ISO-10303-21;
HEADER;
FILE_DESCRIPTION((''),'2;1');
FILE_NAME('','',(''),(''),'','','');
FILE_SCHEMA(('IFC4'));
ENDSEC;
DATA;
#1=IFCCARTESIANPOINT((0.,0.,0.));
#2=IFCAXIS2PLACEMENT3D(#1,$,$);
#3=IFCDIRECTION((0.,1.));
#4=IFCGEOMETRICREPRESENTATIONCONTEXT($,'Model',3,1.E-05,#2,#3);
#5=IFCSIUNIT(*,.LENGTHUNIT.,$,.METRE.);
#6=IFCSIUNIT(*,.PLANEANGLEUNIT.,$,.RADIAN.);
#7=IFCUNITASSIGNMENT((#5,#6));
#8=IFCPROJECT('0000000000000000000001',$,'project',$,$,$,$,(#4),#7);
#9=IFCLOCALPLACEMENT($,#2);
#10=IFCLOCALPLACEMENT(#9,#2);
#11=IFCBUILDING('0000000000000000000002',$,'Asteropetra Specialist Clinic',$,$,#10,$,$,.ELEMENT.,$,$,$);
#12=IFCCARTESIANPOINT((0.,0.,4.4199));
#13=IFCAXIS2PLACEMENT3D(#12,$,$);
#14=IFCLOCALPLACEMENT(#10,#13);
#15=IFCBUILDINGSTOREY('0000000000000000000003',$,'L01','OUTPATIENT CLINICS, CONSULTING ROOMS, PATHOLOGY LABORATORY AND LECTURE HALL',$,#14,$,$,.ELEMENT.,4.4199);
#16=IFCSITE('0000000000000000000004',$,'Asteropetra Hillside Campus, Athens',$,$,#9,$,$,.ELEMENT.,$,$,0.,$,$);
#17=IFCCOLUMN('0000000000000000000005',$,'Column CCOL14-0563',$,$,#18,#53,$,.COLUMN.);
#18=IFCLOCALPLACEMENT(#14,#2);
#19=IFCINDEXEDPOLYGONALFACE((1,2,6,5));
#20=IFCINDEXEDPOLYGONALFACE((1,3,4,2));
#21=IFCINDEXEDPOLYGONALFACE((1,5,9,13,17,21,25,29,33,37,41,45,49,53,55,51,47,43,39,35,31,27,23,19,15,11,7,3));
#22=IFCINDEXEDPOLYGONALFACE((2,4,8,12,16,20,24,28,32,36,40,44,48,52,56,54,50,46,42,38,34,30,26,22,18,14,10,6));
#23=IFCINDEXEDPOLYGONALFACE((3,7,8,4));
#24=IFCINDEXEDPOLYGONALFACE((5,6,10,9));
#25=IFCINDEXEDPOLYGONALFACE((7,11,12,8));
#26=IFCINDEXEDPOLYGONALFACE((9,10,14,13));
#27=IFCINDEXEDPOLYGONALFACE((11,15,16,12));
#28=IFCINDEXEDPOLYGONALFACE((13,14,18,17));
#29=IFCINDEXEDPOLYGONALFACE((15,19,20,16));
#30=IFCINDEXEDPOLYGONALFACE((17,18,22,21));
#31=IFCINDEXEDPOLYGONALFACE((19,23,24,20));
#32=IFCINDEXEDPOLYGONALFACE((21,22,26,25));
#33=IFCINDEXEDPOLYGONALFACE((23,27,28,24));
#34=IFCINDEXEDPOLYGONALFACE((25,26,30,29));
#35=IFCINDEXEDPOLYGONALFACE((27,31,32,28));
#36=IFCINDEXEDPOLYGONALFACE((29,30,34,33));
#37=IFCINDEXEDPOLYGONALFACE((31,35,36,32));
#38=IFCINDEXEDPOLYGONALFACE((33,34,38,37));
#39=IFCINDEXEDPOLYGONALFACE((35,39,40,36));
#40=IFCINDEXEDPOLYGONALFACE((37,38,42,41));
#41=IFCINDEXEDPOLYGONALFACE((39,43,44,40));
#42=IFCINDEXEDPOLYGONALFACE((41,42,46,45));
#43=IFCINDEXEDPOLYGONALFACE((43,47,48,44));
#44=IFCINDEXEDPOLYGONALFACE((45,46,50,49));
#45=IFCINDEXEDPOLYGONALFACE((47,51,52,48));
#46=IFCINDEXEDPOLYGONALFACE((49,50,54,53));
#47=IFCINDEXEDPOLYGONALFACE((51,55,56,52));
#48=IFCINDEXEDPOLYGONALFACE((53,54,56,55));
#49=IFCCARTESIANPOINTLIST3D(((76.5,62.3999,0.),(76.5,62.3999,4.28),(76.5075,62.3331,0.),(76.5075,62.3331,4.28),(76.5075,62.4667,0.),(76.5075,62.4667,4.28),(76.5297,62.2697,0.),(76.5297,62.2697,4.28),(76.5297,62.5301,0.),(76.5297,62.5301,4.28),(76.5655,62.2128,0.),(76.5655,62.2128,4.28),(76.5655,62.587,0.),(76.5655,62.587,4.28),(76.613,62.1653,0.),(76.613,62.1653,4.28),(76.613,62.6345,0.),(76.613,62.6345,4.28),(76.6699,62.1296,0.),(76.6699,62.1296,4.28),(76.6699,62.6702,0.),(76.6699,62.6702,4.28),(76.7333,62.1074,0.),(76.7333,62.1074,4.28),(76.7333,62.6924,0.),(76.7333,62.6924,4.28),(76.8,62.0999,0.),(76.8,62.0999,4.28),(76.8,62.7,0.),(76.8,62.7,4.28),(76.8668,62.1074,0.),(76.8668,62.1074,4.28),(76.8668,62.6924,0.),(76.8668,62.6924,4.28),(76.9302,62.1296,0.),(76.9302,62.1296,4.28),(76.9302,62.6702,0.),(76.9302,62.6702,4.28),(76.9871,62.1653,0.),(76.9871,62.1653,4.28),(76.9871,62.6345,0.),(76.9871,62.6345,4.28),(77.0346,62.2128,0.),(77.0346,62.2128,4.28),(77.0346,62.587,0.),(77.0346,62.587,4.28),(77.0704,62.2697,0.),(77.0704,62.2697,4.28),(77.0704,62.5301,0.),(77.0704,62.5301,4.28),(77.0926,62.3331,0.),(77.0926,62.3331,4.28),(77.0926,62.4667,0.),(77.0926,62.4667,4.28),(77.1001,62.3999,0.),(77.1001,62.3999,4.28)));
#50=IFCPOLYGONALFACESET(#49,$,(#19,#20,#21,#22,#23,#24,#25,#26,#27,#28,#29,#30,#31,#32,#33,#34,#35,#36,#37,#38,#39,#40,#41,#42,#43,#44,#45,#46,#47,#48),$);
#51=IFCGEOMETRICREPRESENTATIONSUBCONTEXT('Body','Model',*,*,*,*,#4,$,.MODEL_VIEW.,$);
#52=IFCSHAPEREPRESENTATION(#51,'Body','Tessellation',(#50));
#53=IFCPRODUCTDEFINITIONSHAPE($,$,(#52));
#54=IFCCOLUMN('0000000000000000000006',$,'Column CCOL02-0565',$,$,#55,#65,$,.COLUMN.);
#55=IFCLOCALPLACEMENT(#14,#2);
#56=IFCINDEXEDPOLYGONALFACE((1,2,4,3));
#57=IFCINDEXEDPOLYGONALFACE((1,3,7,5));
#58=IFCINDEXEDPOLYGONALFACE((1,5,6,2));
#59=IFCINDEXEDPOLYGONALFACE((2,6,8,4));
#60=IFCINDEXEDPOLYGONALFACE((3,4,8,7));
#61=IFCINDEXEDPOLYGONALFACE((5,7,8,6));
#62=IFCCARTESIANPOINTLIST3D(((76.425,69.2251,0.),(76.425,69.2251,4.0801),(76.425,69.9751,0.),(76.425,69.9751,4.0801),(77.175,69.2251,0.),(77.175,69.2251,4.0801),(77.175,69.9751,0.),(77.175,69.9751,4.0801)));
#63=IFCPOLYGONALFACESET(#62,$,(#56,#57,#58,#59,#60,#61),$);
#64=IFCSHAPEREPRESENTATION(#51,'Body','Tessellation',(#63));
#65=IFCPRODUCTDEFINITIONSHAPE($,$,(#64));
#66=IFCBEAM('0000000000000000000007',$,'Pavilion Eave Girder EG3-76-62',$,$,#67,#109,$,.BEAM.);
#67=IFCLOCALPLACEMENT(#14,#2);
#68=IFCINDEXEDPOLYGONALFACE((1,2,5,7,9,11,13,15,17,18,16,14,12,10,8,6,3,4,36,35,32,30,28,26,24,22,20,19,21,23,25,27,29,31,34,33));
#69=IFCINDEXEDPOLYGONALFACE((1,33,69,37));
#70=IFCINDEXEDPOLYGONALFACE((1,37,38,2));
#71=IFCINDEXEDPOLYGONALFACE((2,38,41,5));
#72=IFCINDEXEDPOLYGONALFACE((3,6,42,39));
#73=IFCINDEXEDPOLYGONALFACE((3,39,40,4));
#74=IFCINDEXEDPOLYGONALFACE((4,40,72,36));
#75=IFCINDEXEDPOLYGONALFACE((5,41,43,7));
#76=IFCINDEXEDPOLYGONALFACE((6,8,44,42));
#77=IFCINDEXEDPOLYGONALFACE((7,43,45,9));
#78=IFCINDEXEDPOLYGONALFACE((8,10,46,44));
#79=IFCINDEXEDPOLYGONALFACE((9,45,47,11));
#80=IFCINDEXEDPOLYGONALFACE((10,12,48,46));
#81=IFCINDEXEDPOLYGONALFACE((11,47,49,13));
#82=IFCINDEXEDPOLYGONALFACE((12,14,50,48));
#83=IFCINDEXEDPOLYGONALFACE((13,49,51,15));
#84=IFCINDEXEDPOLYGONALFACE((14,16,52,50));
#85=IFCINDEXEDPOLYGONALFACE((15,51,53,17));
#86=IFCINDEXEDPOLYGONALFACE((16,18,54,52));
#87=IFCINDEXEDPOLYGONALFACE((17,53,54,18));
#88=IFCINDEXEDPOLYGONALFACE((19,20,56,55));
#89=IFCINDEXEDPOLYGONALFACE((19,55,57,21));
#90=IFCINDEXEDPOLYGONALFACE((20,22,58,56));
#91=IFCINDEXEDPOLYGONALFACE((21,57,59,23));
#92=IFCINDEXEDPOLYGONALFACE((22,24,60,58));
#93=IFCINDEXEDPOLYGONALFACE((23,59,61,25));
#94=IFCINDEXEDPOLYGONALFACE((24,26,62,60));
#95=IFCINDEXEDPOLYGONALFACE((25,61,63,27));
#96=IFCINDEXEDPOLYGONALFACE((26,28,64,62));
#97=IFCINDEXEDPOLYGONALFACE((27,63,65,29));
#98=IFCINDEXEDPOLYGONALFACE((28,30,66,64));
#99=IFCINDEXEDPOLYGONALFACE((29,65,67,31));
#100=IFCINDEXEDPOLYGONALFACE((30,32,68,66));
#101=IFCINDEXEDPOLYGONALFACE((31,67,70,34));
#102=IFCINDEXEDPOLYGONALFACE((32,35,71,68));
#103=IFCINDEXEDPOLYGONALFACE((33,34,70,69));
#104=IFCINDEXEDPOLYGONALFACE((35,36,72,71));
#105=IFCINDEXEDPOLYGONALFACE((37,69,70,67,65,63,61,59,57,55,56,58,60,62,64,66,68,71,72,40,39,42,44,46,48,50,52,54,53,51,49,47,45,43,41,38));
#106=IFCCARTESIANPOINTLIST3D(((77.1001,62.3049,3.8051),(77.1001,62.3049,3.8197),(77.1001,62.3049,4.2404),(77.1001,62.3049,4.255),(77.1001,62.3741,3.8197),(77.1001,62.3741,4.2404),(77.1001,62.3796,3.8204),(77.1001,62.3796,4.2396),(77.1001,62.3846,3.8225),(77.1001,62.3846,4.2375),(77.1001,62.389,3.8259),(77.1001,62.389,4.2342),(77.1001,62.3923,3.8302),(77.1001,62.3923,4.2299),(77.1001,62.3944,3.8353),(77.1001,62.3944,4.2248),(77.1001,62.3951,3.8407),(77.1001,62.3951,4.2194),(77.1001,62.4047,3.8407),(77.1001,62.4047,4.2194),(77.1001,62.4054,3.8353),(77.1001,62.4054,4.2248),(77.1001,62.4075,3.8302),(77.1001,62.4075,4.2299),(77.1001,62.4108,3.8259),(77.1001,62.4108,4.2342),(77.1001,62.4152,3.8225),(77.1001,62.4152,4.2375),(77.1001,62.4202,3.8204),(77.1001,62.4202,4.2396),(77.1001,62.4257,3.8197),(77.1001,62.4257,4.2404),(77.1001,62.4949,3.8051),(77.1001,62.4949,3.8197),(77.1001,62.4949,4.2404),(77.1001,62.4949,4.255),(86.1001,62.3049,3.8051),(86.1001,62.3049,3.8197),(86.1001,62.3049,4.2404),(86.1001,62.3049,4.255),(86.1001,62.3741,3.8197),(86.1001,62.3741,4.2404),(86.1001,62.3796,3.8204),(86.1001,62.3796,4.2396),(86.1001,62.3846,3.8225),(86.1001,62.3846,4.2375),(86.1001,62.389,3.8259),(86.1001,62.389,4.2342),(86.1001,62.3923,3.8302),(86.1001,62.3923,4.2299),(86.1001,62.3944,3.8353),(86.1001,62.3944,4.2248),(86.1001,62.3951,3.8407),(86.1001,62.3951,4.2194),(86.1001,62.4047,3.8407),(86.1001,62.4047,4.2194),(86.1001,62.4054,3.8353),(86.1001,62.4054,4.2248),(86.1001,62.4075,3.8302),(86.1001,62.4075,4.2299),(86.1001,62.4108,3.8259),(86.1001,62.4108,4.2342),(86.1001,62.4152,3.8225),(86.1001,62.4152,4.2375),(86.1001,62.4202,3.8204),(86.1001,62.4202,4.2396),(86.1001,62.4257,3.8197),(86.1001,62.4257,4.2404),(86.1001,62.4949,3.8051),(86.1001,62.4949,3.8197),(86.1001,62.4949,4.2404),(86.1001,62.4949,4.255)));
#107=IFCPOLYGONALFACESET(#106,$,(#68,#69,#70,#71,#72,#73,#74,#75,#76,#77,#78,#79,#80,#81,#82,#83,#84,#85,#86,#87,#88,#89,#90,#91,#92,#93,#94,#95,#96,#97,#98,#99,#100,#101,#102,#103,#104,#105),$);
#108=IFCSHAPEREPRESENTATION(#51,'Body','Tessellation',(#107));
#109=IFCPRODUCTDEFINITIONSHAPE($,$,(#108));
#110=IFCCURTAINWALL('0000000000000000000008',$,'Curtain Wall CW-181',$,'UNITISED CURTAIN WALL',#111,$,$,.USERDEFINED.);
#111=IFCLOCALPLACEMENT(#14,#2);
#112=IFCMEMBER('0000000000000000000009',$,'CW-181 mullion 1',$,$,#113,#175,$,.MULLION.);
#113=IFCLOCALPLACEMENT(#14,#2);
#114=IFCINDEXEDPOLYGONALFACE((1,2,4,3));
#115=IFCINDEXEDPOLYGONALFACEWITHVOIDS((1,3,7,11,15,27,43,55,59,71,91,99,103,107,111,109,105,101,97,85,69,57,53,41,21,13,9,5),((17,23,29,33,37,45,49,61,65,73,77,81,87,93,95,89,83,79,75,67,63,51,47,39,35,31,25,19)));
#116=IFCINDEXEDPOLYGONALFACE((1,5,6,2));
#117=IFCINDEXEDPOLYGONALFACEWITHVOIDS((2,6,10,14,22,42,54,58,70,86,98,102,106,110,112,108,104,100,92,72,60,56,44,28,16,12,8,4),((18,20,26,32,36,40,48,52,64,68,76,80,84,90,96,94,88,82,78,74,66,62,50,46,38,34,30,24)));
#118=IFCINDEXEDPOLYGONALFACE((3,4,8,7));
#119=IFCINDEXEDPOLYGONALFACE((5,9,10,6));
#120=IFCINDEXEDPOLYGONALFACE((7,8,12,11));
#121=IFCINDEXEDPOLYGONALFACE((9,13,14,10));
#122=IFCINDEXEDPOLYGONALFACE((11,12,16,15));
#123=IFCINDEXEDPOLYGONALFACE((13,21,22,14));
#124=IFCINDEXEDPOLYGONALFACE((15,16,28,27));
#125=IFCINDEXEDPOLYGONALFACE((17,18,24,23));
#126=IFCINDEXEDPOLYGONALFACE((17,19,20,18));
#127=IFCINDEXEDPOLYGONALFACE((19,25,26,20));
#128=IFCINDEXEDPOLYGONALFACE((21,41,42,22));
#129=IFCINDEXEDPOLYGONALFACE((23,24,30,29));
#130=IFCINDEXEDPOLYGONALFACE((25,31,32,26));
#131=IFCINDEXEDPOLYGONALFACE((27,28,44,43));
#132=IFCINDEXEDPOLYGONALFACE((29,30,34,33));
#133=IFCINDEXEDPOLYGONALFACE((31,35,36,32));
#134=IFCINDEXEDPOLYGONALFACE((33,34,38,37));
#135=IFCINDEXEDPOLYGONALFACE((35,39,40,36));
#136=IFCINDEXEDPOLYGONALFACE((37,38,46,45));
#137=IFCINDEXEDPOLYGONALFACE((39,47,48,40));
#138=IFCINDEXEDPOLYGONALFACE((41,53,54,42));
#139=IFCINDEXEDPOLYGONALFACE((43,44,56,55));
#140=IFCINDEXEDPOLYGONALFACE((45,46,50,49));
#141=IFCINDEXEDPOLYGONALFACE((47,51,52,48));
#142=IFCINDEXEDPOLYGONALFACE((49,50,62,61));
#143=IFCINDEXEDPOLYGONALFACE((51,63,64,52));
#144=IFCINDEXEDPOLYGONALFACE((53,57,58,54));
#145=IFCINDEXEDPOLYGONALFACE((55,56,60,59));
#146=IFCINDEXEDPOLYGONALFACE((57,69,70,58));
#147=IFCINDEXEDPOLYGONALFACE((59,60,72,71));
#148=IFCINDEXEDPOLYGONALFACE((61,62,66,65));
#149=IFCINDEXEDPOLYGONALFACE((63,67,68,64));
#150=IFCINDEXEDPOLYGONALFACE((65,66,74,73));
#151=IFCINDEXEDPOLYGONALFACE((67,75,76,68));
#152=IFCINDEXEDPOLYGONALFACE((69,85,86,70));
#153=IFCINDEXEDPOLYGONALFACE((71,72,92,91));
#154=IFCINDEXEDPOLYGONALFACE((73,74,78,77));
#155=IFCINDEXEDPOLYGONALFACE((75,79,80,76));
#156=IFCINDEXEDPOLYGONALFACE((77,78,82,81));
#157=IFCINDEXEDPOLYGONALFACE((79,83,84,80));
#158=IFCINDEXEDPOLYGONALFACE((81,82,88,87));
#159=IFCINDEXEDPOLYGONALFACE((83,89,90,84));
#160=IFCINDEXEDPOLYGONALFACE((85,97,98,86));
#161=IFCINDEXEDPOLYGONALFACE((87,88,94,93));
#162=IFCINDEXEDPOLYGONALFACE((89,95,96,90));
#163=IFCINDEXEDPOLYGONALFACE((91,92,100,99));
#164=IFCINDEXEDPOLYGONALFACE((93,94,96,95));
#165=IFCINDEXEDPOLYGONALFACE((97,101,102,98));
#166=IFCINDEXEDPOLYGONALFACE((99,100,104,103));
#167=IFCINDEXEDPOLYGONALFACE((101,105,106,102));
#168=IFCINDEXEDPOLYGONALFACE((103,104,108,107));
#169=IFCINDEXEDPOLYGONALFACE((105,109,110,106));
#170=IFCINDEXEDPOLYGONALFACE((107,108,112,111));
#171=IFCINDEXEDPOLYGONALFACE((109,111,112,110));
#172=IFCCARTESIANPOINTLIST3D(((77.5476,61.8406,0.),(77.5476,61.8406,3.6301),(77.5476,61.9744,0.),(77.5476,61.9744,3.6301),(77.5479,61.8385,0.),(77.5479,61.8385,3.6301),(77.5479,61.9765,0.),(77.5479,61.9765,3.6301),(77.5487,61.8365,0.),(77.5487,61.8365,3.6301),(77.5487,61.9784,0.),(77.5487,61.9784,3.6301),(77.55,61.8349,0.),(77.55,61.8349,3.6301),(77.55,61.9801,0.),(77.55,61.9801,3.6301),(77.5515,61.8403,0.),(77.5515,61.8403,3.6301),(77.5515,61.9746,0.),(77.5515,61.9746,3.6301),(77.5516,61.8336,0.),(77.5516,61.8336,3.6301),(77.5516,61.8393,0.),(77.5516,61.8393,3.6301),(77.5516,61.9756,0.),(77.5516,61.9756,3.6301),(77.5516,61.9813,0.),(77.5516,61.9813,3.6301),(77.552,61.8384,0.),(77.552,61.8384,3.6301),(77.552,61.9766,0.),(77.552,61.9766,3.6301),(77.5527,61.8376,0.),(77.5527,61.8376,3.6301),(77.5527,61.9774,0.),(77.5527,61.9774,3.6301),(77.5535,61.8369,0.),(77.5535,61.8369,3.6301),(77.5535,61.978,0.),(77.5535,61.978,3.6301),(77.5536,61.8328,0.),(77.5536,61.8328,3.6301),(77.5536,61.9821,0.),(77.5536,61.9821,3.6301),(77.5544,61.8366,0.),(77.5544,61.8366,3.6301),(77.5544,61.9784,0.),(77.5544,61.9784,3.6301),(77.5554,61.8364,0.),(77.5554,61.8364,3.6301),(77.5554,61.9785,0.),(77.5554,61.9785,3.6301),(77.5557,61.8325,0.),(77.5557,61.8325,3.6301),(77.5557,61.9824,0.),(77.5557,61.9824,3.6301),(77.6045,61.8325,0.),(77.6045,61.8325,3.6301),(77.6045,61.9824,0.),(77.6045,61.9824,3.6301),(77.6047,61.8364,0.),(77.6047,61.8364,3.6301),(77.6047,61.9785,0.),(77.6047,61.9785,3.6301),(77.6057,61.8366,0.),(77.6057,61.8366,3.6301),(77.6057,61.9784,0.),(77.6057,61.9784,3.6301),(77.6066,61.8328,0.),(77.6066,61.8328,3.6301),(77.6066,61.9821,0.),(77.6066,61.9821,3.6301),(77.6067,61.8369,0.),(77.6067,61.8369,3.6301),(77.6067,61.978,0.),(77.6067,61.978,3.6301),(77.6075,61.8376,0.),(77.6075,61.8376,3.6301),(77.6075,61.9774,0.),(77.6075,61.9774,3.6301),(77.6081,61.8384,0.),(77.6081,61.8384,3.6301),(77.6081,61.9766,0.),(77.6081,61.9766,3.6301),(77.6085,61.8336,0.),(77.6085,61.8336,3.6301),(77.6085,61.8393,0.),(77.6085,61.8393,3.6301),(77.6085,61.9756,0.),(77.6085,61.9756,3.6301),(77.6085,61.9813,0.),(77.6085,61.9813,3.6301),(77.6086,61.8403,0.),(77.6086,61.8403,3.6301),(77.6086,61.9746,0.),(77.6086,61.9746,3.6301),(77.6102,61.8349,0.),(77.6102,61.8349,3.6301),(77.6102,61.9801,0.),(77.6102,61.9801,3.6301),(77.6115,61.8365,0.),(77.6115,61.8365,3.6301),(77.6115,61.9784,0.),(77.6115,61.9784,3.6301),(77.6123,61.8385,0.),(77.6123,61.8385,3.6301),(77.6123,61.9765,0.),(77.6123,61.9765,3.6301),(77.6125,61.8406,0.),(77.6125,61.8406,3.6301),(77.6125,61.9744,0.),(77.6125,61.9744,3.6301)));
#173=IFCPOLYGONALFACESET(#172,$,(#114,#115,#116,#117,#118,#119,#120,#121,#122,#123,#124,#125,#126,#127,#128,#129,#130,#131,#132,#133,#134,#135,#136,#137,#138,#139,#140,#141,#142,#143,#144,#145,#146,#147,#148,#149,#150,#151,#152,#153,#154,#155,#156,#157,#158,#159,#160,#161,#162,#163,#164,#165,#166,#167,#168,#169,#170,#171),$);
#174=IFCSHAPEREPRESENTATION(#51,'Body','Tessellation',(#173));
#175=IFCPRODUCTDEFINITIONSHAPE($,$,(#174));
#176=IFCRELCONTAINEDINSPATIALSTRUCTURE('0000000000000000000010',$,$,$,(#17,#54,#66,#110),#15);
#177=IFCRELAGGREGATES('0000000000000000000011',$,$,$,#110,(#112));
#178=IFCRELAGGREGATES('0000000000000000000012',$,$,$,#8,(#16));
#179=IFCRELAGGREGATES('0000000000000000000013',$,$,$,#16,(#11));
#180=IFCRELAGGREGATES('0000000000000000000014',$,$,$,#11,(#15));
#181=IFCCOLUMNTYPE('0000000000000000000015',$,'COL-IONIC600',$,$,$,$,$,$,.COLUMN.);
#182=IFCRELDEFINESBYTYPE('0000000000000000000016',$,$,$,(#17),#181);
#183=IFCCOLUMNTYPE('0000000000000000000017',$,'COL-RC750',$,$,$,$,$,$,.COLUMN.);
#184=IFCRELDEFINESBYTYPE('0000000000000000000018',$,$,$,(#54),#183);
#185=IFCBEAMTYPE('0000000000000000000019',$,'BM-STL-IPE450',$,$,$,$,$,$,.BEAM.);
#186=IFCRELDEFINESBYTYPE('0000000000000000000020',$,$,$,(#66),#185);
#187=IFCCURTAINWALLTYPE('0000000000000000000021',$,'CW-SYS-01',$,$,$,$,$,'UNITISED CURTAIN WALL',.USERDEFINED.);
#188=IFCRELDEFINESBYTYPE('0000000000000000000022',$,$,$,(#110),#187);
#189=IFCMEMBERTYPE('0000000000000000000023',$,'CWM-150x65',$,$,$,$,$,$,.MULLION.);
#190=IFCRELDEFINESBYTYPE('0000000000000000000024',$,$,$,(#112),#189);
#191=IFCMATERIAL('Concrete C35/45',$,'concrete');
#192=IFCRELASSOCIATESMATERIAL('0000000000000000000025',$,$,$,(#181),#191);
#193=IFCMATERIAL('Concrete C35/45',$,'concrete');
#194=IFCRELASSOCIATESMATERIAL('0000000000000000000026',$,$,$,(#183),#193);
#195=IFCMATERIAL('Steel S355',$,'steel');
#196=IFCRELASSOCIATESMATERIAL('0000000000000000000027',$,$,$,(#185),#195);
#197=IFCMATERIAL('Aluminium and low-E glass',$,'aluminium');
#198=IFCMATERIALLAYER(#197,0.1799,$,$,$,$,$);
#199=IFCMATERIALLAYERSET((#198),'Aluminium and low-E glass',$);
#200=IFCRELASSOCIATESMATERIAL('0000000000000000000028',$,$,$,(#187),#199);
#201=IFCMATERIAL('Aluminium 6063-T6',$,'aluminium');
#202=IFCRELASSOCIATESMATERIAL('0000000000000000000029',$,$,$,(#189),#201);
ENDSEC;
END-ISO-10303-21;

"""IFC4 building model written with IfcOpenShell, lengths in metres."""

from ifc_helpers import new_model, si_unit, direction, frame, origin, origin_2d, place, context, subcontext, project, spatial, rectangle, hollow_rectangle, circle, i_section, extrude, material, layer, layer_set, material_profile, profile_set, type_object, element, aggregate, save


model = new_model("IFC4")

# Units and contexts
model_context = context("Model", 3, precision=1e-05, world=origin(), true_north=direction((0.0, 1.0)))
body_context = subcontext(model_context, "Body", "Model", "MODEL_VIEW")
ifc_project = project(units=[si_unit("LENGTHUNIT", "METRE"), si_unit("PLANEANGLEUNIT", "RADIAN")], contexts=[model_context])

# Site, building, storey
site_placement = place(None, origin())
site = spatial("IfcSite", under=ifc_project, at=site_placement, Name="Asteropetra Hillside Campus, Athens", CompositionType="ELEMENT", RefElevation=0.0)
building_placement = place(site_placement, origin())
building = spatial("IfcBuilding", under=site, at=building_placement, Name="Asteropetra Specialist Clinic", CompositionType="ELEMENT")
storey_placement = place(building_placement, frame((0.0, 0.0, 4.4199)))
storey = spatial("IfcBuildingStorey", under=building, at=storey_placement, Name="L01", Description="OUTPATIENT CLINICS, CONSULTING ROOMS, PATHOLOGY LABORATORY AND LECTURE HALL", CompositionType="ELEMENT", Elevation=4.4199)

# Columns
ifc_material_1 = material(Name="Concrete C35/45", Category="concrete")
ifc_material_profile_1 = material_profile(ifc_material_1, circle(Radius=0.3, at=origin_2d()), Name="RCC D600")
ifc_profile_set_1 = profile_set([ifc_material_profile_1], Name="Concrete C35/45")
column_type_1 = type_object("IfcColumnType", Name="COL-IONIC600", PredefinedType="COLUMN", material=ifc_profile_set_1)
column_1_placement = place(storey_placement, frame((76.8, 62.3999, 0.0), z_axis=(0.0, 0.0, 1.0), x_axis=(1.0, 0.0, 0.0)))
element("IfcColumn", 1, at=column_1_placement, inside=storey, type_object=column_type_1, Name="Column CCOL14-0563", PredefinedType="COLUMN", context=body_context, shape_type="SweptSolid", body=[
    extrude(circle(Radius=0.3, at=origin_2d()), origin(), (0.0, 0.0, 1.0), 4.28),
])
ifc_material_2 = material(Name="Concrete C35/45", Category="concrete")
ifc_material_profile_2 = material_profile(ifc_material_2, rectangle(XDim=0.75, YDim=0.75, at=origin_2d()), Name="RC 750x750")
ifc_profile_set_2 = profile_set([ifc_material_profile_2], Name="Concrete C35/45")
column_type_2 = type_object("IfcColumnType", Name="COL-RC750", PredefinedType="COLUMN", material=ifc_profile_set_2)
column_2_placement = place(storey_placement, frame((76.8, 69.6001, 0.0), z_axis=(0.0, 0.0, 1.0), x_axis=(1.0, 0.0, 0.0)))
element("IfcColumn", 2, at=column_2_placement, inside=storey, type_object=column_type_2, Name="Column CCOL02-0565", PredefinedType="COLUMN", context=body_context, shape_type="SweptSolid", body=[
    extrude(rectangle(XDim=0.75, YDim=0.75, at=origin_2d()), origin(), (0.0, 0.0, 1.0), 4.0801),
])

# Beam
ifc_material_3 = material(Name="Steel S355", Category="steel")
ifc_material_profile_3 = material_profile(ifc_material_3, i_section(OverallWidth=0.1899, OverallDepth=0.45, WebThickness=0.0095, FlangeThickness=0.0146, FilletRadius=0.021, at=origin_2d()), Name="IPE 450")
ifc_profile_set_3 = profile_set([ifc_material_profile_3], Name="Steel S355")
beam_type_1 = type_object("IfcBeamType", Name="BM-STL-IPE450", PredefinedType="BEAM", material=ifc_profile_set_3)
beam_1_placement = place(storey_placement, frame((77.1001, 62.3999, 4.03), z_axis=(1.0, 0.0, 0.0), x_axis=(0.0, 1.0, 0.0)))
element("IfcBeam", 3, at=beam_1_placement, inside=storey, type_object=beam_type_1, Name="Pavilion Eave Girder EG3-76-62", PredefinedType="BEAM", context=body_context, shape_type="SweptSolid", body=[
    extrude(i_section(OverallWidth=0.1899, OverallDepth=0.45, WebThickness=0.0095, FlangeThickness=0.0146, FilletRadius=0.021, at=origin_2d()), origin(), (0.0, 0.0, 1.0), 9.0),
])

# Curtain wall, member
ifc_material_4 = material(Name="Aluminium and low-E glass", Category="aluminium")
ifc_layer_1 = layer(ifc_material_4, 0.1799)
ifc_layer_set_1 = layer_set([ifc_layer_1], Name="Aluminium and low-E glass")
curtain_wall_type = type_object("IfcCurtainWallType", Name="CW-SYS-01", ElementType="UNITISED CURTAIN WALL", PredefinedType="USERDEFINED", material=ifc_layer_set_1)
curtain_wall_placement = place(storey_placement, origin())
curtain_wall = element("IfcCurtainWall", 4, at=curtain_wall_placement, inside=storey, type_object=curtain_wall_type, Name="Curtain Wall CW-181", ObjectType="UNITISED CURTAIN WALL", PredefinedType="USERDEFINED")
ifc_material_5 = material(Name="Aluminium 6063-T6", Category="aluminium")
ifc_material_profile_4 = material_profile(ifc_material_5, hollow_rectangle(XDim=0.0649, YDim=0.1499, WallThickness=0.0039, InnerFilletRadius=0.0039, OuterFilletRadius=0.0081, at=origin_2d()), Name="MUL 150x65x4.0")
ifc_profile_set_4 = profile_set([ifc_material_profile_4], Name="Aluminium 6063-T6")
member_type_1 = type_object("IfcMemberType", Name="CWM-150x65", PredefinedType="MULLION", material=ifc_profile_set_4)
member_1_placement = place(storey_placement, frame((77.5801, 61.9075, 0.0), z_axis=(0.0, 0.0, 1.0), x_axis=(1.0, 0.0, 0.0)))
member_1 = element("IfcMember", 5, at=member_1_placement, type_object=member_type_1, Name="CW-181 mullion 1", PredefinedType="MULLION", context=body_context, shape_type="SweptSolid", body=[
    extrude(hollow_rectangle(XDim=0.0649, YDim=0.1499, WallThickness=0.0039, InnerFilletRadius=0.0039, OuterFilletRadius=0.0081, at=origin_2d()), origin(), (0.0, 0.0, 1.0), 3.6301),
])
aggregate(curtain_wall, [member_1])

save(model, "model.ifc")
